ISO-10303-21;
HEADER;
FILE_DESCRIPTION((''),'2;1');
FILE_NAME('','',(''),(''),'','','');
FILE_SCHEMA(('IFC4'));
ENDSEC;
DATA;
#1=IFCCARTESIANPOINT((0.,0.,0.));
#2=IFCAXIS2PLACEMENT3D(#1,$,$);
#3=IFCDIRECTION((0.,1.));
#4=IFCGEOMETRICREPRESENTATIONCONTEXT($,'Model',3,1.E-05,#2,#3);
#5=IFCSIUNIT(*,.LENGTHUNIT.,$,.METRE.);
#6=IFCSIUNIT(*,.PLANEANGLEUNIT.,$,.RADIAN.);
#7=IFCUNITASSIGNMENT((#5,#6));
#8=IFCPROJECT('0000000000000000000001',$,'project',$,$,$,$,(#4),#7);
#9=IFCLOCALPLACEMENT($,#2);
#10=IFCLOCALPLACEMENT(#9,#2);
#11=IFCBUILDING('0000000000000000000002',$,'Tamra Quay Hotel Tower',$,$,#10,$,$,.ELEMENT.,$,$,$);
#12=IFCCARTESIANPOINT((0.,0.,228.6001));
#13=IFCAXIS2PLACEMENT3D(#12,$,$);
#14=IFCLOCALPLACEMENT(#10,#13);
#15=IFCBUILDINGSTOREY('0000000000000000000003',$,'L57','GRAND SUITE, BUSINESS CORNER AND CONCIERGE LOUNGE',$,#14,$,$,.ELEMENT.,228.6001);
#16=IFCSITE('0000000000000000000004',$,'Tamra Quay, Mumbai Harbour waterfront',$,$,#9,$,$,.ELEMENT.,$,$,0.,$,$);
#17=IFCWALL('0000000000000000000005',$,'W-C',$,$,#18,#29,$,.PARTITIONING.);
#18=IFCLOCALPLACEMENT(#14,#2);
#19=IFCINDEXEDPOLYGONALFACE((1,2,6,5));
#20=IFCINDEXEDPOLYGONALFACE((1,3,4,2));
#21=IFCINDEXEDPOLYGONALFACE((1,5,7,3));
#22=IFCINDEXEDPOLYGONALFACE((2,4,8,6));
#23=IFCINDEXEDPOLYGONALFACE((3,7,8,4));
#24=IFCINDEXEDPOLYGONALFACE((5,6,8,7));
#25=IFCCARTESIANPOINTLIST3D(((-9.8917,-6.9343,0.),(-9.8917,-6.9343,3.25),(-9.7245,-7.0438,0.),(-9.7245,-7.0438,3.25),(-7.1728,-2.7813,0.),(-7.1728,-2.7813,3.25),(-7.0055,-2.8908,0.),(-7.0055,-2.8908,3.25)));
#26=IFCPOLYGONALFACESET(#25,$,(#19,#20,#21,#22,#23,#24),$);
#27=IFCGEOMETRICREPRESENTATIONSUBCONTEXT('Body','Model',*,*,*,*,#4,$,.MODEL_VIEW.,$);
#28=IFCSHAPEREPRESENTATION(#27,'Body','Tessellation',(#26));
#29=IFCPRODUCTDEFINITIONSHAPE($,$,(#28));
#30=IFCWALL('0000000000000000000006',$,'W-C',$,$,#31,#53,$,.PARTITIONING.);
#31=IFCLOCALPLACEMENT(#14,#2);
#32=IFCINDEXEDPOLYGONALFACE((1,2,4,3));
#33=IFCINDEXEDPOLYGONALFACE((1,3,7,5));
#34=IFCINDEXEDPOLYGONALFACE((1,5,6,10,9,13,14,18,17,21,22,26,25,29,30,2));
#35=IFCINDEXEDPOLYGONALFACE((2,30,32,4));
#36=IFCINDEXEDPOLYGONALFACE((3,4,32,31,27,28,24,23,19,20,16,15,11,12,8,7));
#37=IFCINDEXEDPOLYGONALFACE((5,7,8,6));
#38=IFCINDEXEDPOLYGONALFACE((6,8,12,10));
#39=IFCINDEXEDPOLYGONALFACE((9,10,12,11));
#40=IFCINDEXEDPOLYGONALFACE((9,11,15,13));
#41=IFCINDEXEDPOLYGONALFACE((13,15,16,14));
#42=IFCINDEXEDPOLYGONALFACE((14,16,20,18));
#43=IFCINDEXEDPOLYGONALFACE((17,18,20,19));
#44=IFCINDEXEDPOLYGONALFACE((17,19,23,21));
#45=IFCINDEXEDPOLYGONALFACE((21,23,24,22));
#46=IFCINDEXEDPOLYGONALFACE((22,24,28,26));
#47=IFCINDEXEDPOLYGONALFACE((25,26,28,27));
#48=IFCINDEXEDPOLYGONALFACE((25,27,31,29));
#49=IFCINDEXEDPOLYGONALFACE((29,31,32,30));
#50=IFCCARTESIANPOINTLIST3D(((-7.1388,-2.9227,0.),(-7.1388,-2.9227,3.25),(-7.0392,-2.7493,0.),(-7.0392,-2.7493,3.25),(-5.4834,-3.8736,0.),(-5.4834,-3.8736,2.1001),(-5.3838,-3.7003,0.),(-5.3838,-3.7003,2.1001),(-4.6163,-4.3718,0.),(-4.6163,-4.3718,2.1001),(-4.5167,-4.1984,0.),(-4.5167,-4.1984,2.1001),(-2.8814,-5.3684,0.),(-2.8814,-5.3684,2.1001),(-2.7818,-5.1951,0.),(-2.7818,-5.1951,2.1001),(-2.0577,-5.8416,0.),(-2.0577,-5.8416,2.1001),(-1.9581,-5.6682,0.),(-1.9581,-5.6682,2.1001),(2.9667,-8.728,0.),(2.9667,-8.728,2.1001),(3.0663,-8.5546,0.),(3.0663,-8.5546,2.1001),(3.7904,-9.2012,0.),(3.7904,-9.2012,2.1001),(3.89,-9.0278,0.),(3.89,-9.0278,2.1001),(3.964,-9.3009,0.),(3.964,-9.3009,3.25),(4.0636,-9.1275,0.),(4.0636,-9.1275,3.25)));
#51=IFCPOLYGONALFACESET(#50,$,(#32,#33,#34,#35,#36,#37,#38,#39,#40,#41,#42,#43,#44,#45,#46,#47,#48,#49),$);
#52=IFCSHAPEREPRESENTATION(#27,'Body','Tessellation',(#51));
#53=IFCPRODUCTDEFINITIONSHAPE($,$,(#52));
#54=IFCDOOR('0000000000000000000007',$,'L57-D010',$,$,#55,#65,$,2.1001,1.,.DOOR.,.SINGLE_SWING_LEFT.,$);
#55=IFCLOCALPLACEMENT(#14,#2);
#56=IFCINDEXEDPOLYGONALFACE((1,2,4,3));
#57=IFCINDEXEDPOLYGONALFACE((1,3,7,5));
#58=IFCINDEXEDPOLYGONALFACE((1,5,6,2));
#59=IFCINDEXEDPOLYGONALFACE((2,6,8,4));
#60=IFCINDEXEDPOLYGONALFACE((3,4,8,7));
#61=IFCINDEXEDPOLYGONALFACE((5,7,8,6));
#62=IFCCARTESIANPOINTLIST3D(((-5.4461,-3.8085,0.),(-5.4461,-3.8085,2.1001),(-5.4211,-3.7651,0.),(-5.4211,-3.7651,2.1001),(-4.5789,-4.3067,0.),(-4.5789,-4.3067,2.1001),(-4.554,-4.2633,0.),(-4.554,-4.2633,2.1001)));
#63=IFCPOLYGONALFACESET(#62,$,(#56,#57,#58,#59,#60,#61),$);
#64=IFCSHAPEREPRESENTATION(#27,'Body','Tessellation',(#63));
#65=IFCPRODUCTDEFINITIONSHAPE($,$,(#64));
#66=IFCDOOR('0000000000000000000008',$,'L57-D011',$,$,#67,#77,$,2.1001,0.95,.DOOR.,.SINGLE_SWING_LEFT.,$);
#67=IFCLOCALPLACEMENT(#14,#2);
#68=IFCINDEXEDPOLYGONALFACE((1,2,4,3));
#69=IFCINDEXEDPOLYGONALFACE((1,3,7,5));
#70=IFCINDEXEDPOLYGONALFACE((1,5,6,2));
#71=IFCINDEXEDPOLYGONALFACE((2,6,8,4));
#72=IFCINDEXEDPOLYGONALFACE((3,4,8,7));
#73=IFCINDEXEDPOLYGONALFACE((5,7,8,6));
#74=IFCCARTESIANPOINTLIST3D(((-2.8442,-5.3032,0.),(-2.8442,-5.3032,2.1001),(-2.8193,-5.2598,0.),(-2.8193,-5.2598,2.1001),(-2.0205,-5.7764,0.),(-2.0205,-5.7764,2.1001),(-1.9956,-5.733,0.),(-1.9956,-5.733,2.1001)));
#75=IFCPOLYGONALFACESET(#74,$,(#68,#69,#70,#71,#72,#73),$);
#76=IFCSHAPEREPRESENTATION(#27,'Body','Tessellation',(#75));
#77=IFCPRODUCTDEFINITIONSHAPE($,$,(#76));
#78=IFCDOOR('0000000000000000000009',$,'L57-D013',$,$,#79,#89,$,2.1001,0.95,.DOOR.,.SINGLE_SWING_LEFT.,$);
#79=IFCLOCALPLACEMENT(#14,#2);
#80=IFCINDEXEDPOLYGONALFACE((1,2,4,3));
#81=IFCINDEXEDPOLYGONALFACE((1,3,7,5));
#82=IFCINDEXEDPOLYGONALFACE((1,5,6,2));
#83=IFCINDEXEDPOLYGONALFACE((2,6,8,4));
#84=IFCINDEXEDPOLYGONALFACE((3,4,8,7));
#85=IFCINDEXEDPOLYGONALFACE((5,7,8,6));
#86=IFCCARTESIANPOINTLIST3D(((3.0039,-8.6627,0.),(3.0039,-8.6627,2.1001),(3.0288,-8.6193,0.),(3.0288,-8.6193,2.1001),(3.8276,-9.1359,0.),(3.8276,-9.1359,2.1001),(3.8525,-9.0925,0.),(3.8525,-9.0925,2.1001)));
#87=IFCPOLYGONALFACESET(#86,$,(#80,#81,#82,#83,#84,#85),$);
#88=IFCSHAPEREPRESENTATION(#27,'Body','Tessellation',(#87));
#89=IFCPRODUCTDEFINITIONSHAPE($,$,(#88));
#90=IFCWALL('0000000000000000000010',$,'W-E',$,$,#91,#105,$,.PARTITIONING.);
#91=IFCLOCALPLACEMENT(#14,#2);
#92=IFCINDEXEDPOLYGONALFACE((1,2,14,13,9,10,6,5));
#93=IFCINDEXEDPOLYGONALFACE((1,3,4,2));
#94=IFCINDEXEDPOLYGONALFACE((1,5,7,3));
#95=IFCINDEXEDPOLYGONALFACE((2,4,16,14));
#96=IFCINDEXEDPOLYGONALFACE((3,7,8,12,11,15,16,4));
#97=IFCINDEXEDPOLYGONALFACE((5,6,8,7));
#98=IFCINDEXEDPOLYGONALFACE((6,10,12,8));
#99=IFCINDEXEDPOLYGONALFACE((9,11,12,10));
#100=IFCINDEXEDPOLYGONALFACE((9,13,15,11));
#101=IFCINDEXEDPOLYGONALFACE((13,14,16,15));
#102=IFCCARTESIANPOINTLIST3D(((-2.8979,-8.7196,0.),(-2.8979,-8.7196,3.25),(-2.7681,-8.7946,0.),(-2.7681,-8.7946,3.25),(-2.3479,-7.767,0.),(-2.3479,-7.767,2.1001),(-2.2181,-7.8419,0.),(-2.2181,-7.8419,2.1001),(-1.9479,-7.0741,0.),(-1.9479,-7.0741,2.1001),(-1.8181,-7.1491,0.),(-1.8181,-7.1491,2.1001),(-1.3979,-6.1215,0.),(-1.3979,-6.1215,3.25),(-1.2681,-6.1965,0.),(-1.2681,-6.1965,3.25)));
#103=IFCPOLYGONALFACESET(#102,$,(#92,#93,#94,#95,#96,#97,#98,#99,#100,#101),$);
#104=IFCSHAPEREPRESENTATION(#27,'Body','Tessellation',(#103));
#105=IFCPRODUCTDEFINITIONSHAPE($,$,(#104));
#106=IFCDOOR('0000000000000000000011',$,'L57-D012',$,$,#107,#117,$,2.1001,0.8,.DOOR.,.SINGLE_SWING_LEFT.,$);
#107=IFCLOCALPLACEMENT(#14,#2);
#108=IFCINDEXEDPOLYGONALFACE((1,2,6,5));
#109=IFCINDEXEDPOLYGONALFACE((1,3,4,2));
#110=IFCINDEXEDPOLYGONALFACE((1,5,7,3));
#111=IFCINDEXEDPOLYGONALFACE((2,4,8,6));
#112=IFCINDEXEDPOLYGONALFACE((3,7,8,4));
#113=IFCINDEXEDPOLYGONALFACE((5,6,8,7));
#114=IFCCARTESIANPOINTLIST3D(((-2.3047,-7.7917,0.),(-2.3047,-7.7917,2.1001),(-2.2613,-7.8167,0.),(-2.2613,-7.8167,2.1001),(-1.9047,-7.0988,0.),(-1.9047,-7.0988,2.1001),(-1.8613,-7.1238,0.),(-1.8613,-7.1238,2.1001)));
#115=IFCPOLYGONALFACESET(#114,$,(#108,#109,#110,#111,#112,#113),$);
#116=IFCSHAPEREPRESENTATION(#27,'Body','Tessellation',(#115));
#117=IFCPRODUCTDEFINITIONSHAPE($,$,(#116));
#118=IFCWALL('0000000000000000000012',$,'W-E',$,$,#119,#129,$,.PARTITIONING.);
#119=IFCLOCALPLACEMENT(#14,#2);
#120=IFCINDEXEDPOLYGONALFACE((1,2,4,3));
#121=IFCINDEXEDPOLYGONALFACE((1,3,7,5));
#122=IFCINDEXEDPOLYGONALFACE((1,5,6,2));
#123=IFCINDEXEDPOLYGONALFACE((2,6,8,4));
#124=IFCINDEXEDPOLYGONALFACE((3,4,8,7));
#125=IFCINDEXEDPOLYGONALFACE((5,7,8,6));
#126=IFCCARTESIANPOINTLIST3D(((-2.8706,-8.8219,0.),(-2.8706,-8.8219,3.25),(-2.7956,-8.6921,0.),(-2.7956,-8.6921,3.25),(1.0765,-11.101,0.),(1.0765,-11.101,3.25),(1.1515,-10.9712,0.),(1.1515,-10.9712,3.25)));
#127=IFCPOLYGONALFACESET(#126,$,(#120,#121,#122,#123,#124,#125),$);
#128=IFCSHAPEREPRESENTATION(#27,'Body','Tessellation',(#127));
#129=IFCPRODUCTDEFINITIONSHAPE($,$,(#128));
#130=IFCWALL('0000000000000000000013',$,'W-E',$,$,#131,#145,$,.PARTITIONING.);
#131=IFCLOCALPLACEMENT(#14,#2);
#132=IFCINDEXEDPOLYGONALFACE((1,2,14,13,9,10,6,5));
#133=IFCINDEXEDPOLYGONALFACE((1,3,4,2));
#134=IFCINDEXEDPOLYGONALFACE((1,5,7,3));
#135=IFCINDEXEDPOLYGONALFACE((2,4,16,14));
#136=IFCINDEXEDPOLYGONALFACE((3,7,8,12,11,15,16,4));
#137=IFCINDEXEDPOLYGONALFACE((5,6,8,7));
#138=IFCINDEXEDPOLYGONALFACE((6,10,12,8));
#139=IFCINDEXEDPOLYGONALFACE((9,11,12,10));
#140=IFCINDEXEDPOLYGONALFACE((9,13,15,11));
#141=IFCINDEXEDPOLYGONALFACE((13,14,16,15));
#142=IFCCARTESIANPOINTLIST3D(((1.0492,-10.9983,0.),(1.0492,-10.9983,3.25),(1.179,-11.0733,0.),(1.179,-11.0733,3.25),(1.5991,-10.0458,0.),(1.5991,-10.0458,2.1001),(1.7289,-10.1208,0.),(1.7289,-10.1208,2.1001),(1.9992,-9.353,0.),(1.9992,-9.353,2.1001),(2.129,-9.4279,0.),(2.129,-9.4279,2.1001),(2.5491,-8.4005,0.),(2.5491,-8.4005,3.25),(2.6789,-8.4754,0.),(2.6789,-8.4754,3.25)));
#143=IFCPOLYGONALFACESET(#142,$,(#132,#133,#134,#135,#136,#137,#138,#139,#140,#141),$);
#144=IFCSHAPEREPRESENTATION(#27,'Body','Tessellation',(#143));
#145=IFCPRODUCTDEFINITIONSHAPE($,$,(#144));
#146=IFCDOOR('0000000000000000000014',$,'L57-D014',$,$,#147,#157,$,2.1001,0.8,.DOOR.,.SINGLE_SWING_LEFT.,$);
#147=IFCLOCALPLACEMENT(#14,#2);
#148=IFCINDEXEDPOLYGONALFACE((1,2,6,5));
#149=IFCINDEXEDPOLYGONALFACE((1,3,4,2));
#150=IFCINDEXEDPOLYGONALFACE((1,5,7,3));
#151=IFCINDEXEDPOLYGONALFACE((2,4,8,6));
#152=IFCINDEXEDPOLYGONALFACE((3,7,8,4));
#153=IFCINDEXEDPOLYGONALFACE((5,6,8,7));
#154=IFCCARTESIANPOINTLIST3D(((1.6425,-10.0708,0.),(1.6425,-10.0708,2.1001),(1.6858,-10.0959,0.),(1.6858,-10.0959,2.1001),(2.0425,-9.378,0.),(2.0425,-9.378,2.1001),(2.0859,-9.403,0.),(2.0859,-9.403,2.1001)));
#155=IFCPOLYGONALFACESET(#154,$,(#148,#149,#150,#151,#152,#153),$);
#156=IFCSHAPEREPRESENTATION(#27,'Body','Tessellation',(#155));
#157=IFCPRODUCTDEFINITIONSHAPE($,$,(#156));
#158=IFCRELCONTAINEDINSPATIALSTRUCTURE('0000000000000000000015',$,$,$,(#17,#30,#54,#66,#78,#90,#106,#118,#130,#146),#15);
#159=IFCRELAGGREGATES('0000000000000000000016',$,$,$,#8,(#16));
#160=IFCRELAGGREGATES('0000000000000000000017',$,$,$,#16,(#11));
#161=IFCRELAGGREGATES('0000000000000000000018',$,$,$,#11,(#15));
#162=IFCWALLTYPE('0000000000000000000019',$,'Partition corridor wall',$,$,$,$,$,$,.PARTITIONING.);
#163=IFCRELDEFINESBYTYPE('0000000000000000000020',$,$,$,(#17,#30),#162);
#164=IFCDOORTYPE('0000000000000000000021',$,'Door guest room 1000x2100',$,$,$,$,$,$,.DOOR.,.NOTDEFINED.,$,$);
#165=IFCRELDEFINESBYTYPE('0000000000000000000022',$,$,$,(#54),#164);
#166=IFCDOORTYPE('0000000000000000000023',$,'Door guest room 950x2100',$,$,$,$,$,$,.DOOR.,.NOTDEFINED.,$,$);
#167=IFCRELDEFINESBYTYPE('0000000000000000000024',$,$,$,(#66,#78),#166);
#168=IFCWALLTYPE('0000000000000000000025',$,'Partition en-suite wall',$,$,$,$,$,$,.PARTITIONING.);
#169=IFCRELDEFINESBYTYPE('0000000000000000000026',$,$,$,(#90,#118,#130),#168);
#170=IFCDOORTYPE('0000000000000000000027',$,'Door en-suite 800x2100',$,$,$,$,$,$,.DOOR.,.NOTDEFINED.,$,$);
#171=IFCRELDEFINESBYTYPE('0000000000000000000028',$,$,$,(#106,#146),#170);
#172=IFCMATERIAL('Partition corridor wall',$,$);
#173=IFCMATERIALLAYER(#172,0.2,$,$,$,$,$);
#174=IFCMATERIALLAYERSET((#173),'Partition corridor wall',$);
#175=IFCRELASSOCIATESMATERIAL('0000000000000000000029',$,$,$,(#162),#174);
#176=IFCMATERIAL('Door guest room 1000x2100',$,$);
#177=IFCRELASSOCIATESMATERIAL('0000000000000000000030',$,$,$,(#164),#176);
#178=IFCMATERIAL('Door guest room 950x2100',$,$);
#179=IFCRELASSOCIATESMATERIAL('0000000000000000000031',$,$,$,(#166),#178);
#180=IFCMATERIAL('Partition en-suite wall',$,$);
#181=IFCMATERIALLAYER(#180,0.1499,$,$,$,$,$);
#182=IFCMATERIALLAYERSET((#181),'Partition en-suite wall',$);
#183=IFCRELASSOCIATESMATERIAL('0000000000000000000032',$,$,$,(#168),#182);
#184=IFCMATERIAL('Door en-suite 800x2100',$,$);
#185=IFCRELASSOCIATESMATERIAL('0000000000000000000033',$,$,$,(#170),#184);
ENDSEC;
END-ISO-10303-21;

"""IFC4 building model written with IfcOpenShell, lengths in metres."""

from ifc_helpers import new_model, si_unit, direction, frame, frame_2d, origin, place, context, subcontext, project, spatial, rectangle, extrude, material, layer, layer_set, type_object, element, fill, save


model = new_model("IFC4")

# Units and contexts
model_context = context("Model", 3, precision=1e-05, world=origin(), true_north=direction((0.0, 1.0)))
body_context = subcontext(model_context, "Body", "Model", "MODEL_VIEW")
ifc_project = project(units=[si_unit("LENGTHUNIT", "METRE"), si_unit("PLANEANGLEUNIT", "RADIAN")], contexts=[model_context])

# Site, building, storey
site_placement = place(None, origin())
site = spatial("IfcSite", under=ifc_project, at=site_placement, Name="Tamra Quay, Mumbai Harbour waterfront", CompositionType="ELEMENT", RefElevation=0.0)
building_placement = place(site_placement, origin())
building = spatial("IfcBuilding", under=site, at=building_placement, Name="Tamra Quay Hotel Tower", CompositionType="ELEMENT")
storey_placement = place(building_placement, frame((0.0, 0.0, 228.6001)))
storey = spatial("IfcBuildingStorey", under=building, at=storey_placement, Name="L57", Description="GRAND SUITE, BUSINESS CORNER AND CONCIERGE LOUNGE", CompositionType="ELEMENT", Elevation=228.6001)

# Wall
ifc_material_1 = material(Name="Partition corridor wall")
ifc_layer_1 = layer(ifc_material_1, 0.2)
ifc_layer_set_1 = layer_set([ifc_layer_1], Name="Partition corridor wall")
wall_type_1 = type_object("IfcWallType", Name="Partition corridor wall", PredefinedType="PARTITIONING", material=ifc_layer_set_1)
wall_1_placement = place(storey_placement, frame((-9.8081, -6.989, 0.0), z_axis=(0.0, 0.0, 1.0), x_axis=(0.547746, 0.836645, 0.0)))
element("IfcWall", 1, at=wall_1_placement, inside=storey, type_object=wall_type_1, Name="W-C", PredefinedType="PARTITIONING", context=body_context, shape_type="SweptSolid", body=[
    extrude(rectangle(XDim=4.9639, YDim=0.2, at=frame_2d((2.4819, 0.0))), origin(), (0.0, 0.0, 1.0), 3.25),
])

# Wall, openings, doors
wall_2_placement = place(storey_placement, frame((-7.0891, -2.8359, 0.0), z_axis=(0.0, 0.0, 1.0), x_axis=(0.867106, -0.498123, 0.0)))
wall_2 = element("IfcWall", 2, at=wall_2_placement, inside=storey, type_object=wall_type_1, Name="W-C", PredefinedType="PARTITIONING", context=body_context, shape_type="SweptSolid", body=[
    extrude(rectangle(XDim=12.8044, YDim=0.2, at=frame_2d((6.4023, 0.0))), origin(), (0.0, 0.0, 1.0), 3.25),
])
opening_1_placement = place(wall_2_placement, frame((1.9092, 0.0, 0.0)))
opening_1 = element("IfcOpeningElement", 3, at=opening_1_placement, cuts=wall_2, PredefinedType="OPENING", context=body_context, shape_type="SweptSolid", body=[
    extrude(rectangle(XDim=1.0, YDim=2.1001, at=frame_2d((0.5, 1.05))), frame((0.0, 0.1099, 0.0), z_axis=(0.0, -1.0, 0.0), x_axis=(1.0, 0.0, 0.0)), (0.0, 0.0, 1.0), 0.22),
])
opening_2_placement = place(wall_2_placement, frame((4.9099, 0.0, 0.0)))
opening_2 = element("IfcOpeningElement", 4, at=opening_2_placement, cuts=wall_2, PredefinedType="OPENING", context=body_context, shape_type="SweptSolid", body=[
    extrude(rectangle(XDim=0.95, YDim=2.1001, at=frame_2d((0.4751, 1.05))), frame((0.0, 0.1099, 0.0), z_axis=(0.0, -1.0, 0.0), x_axis=(1.0, 0.0, 0.0)), (0.0, 0.0, 1.0), 0.22),
])
opening_3_placement = place(wall_2_placement, frame((11.6543, 0.0, 0.0)))
opening_3 = element("IfcOpeningElement", 5, at=opening_3_placement, cuts=wall_2, PredefinedType="OPENING", context=body_context, shape_type="SweptSolid", body=[
    extrude(rectangle(XDim=0.95, YDim=2.1001, at=frame_2d((0.4751, 1.05))), frame((0.0, 0.1099, 0.0), z_axis=(0.0, -1.0, 0.0), x_axis=(1.0, 0.0, 0.0)), (0.0, 0.0, 1.0), 0.22),
])
ifc_material_2 = material(Name="Door guest room 1000x2100")
door_type_1 = type_object("IfcDoorType", Name="Door guest room 1000x2100", OperationType="NOTDEFINED", PredefinedType="DOOR", material=ifc_material_2)
door_1_placement = place(opening_1_placement, frame((1.0, 0.0, 0.0), z_axis=(0.0, 0.0, 1.0), x_axis=(-1.0, 0.0, 0.0)))
door_1 = element("IfcDoor", 6, at=door_1_placement, inside=storey, type_object=door_type_1, Name="L57-D010", OperationType="SINGLE_SWING_LEFT", OverallHeight=2.1001, OverallWidth=1.0, PredefinedType="DOOR", context=body_context, shape_type="SweptSolid", body=[
    extrude(rectangle(XDim=1.0, YDim=2.1001, at=frame_2d((0.5, 1.05))), frame((0.0, 0.0249, 0.0), z_axis=(0.0, -1.0, 0.0), x_axis=(1.0, 0.0, 0.0)), (0.0, 0.0, 1.0), 0.05),
])
fill(opening_1, door_1)
ifc_material_3 = material(Name="Door guest room 950x2100")
door_type_2 = type_object("IfcDoorType", Name="Door guest room 950x2100", OperationType="NOTDEFINED", PredefinedType="DOOR", material=ifc_material_3)
door_2_placement = place(opening_2_placement, frame((0.95, 0.0, 0.0), z_axis=(0.0, 0.0, 1.0), x_axis=(-1.0, 0.0, 0.0)))
door_2 = element("IfcDoor", 7, at=door_2_placement, inside=storey, type_object=door_type_2, Name="L57-D011", OperationType="SINGLE_SWING_LEFT", OverallHeight=2.1001, OverallWidth=0.95, PredefinedType="DOOR", context=body_context, shape_type="SweptSolid", body=[
    extrude(rectangle(XDim=0.95, YDim=2.1001, at=frame_2d((0.4751, 1.05))), frame((0.0, 0.0249, 0.0), z_axis=(0.0, -1.0, 0.0), x_axis=(1.0, 0.0, 0.0)), (0.0, 0.0, 1.0), 0.05),
])
fill(opening_2, door_2)
door_3_placement = place(opening_3_placement, frame((0.95, 0.0, 0.0), z_axis=(0.0, 0.0, 1.0), x_axis=(-1.0, 0.0, 0.0)))
door_3 = element("IfcDoor", 8, at=door_3_placement, inside=storey, type_object=door_type_2, Name="L57-D013", OperationType="SINGLE_SWING_LEFT", OverallHeight=2.1001, OverallWidth=0.95, PredefinedType="DOOR", context=body_context, shape_type="SweptSolid", body=[
    extrude(rectangle(XDim=0.95, YDim=2.1001, at=frame_2d((0.4751, 1.05))), frame((0.0, 0.0249, 0.0), z_axis=(0.0, -1.0, 0.0), x_axis=(1.0, 0.0, 0.0)), (0.0, 0.0, 1.0), 0.05),
])
fill(opening_3, door_3)

# Wall, opening, door
ifc_material_4 = material(Name="Partition en-suite wall")
ifc_layer_2 = layer(ifc_material_4, 0.1499)
ifc_layer_set_2 = layer_set([ifc_layer_2], Name="Partition en-suite wall")
wall_type_2 = type_object("IfcWallType", Name="Partition en-suite wall", PredefinedType="PARTITIONING", material=ifc_layer_set_2)
wall_3_placement = place(storey_placement, frame((-2.833, -8.7571, 0.0), z_axis=(0.0, 0.0, 1.0), x_axis=(0.49999, 0.866031, 0.0)))
wall_3 = element("IfcWall", 9, at=wall_3_placement, inside=storey, type_object=wall_type_2, Name="W-E", PredefinedType="PARTITIONING", context=body_context, shape_type="SweptSolid", body=[
    extrude(rectangle(XDim=3.0, YDim=0.1499, at=frame_2d((1.5, 0.0))), origin(), (0.0, 0.0, 1.0), 3.25),
])
opening_4_placement = place(wall_3_placement, frame((1.1001, 0.0, 0.0)))
opening_4 = element("IfcOpeningElement", 10, at=opening_4_placement, cuts=wall_3, PredefinedType="OPENING", context=body_context, shape_type="SweptSolid", body=[
    extrude(rectangle(XDim=0.8, YDim=2.1001, at=frame_2d((0.3999, 1.05))), frame((0.0, 0.085, 0.0), z_axis=(0.0, -1.0, 0.0), x_axis=(1.0, 0.0, 0.0)), (0.0, 0.0, 1.0), 0.1699),
])
ifc_material_5 = material(Name="Door en-suite 800x2100")
door_type_3 = type_object("IfcDoorType", Name="Door en-suite 800x2100", OperationType="NOTDEFINED", PredefinedType="DOOR", material=ifc_material_5)
door_4_placement = place(opening_4_placement, frame((0.8, 0.0, 0.0), z_axis=(0.0, 0.0, 1.0), x_axis=(-1.0, 0.0, 0.0)))
door_4 = element("IfcDoor", 11, at=door_4_placement, inside=storey, type_object=door_type_3, Name="L57-D012", OperationType="SINGLE_SWING_LEFT", OverallHeight=2.1001, OverallWidth=0.8, PredefinedType="DOOR", context=body_context, shape_type="SweptSolid", body=[
    extrude(rectangle(XDim=0.8, YDim=2.1001, at=frame_2d((0.3999, 1.05))), frame((0.0, 0.0249, 0.0), z_axis=(0.0, -1.0, 0.0), x_axis=(1.0, 0.0, 0.0)), (0.0, 0.0, 1.0), 0.05),
])
fill(opening_4, door_4)

# Wall
wall_4_placement = place(storey_placement, frame((-2.833, -8.7571, 0.0), z_axis=(0.0, 0.0, 1.0), x_axis=(0.866003, -0.500039, 0.0)))
element("IfcWall", 12, at=wall_4_placement, inside=storey, type_object=wall_type_2, Name="W-E", PredefinedType="PARTITIONING", context=body_context, shape_type="SweptSolid", body=[
    extrude(rectangle(XDim=4.5579, YDim=0.1499, at=frame_2d((2.2788, 0.0))), origin(), (0.0, 0.0, 1.0), 3.25),
])

# Wall, opening, door
wall_5_placement = place(storey_placement, frame((1.114, -11.0359, 0.0), z_axis=(0.0, 0.0, 1.0), x_axis=(0.500025, 0.866011, 0.0)))
wall_5 = element("IfcWall", 13, at=wall_5_placement, inside=storey, type_object=wall_type_2, Name="W-E", PredefinedType="PARTITIONING", context=body_context, shape_type="SweptSolid", body=[
    extrude(rectangle(XDim=2.9998, YDim=0.1499, at=frame_2d((1.5, 0.0))), origin(), (0.0, 0.0, 1.0), 3.25),
])
opening_5_placement = place(wall_5_placement, frame((1.1001, 0.0, 0.0)))
opening_5 = element("IfcOpeningElement", 14, at=opening_5_placement, cuts=wall_5, PredefinedType="OPENING", context=body_context, shape_type="SweptSolid", body=[
    extrude(rectangle(XDim=0.8, YDim=2.1001, at=frame_2d((0.3999, 1.05))), frame((0.0, 0.085, 0.0), z_axis=(0.0, -1.0, 0.0), x_axis=(1.0, 0.0, 0.0)), (0.0, 0.0, 1.0), 0.1699),
])
door_5_placement = place(opening_5_placement, origin())
door_5 = element("IfcDoor", 15, at=door_5_placement, inside=storey, type_object=door_type_3, Name="L57-D014", OperationType="SINGLE_SWING_LEFT", OverallHeight=2.1001, OverallWidth=0.8, PredefinedType="DOOR", context=body_context, shape_type="SweptSolid", body=[
    extrude(rectangle(XDim=0.8, YDim=2.1001, at=frame_2d((0.3999, 1.05))), frame((0.0, 0.0249, 0.0), z_axis=(0.0, -1.0, 0.0), x_axis=(1.0, 0.0, 0.0)), (0.0, 0.0, 1.0), 0.05),
])
fill(opening_5, door_5)

save(model, "model.ifc")
